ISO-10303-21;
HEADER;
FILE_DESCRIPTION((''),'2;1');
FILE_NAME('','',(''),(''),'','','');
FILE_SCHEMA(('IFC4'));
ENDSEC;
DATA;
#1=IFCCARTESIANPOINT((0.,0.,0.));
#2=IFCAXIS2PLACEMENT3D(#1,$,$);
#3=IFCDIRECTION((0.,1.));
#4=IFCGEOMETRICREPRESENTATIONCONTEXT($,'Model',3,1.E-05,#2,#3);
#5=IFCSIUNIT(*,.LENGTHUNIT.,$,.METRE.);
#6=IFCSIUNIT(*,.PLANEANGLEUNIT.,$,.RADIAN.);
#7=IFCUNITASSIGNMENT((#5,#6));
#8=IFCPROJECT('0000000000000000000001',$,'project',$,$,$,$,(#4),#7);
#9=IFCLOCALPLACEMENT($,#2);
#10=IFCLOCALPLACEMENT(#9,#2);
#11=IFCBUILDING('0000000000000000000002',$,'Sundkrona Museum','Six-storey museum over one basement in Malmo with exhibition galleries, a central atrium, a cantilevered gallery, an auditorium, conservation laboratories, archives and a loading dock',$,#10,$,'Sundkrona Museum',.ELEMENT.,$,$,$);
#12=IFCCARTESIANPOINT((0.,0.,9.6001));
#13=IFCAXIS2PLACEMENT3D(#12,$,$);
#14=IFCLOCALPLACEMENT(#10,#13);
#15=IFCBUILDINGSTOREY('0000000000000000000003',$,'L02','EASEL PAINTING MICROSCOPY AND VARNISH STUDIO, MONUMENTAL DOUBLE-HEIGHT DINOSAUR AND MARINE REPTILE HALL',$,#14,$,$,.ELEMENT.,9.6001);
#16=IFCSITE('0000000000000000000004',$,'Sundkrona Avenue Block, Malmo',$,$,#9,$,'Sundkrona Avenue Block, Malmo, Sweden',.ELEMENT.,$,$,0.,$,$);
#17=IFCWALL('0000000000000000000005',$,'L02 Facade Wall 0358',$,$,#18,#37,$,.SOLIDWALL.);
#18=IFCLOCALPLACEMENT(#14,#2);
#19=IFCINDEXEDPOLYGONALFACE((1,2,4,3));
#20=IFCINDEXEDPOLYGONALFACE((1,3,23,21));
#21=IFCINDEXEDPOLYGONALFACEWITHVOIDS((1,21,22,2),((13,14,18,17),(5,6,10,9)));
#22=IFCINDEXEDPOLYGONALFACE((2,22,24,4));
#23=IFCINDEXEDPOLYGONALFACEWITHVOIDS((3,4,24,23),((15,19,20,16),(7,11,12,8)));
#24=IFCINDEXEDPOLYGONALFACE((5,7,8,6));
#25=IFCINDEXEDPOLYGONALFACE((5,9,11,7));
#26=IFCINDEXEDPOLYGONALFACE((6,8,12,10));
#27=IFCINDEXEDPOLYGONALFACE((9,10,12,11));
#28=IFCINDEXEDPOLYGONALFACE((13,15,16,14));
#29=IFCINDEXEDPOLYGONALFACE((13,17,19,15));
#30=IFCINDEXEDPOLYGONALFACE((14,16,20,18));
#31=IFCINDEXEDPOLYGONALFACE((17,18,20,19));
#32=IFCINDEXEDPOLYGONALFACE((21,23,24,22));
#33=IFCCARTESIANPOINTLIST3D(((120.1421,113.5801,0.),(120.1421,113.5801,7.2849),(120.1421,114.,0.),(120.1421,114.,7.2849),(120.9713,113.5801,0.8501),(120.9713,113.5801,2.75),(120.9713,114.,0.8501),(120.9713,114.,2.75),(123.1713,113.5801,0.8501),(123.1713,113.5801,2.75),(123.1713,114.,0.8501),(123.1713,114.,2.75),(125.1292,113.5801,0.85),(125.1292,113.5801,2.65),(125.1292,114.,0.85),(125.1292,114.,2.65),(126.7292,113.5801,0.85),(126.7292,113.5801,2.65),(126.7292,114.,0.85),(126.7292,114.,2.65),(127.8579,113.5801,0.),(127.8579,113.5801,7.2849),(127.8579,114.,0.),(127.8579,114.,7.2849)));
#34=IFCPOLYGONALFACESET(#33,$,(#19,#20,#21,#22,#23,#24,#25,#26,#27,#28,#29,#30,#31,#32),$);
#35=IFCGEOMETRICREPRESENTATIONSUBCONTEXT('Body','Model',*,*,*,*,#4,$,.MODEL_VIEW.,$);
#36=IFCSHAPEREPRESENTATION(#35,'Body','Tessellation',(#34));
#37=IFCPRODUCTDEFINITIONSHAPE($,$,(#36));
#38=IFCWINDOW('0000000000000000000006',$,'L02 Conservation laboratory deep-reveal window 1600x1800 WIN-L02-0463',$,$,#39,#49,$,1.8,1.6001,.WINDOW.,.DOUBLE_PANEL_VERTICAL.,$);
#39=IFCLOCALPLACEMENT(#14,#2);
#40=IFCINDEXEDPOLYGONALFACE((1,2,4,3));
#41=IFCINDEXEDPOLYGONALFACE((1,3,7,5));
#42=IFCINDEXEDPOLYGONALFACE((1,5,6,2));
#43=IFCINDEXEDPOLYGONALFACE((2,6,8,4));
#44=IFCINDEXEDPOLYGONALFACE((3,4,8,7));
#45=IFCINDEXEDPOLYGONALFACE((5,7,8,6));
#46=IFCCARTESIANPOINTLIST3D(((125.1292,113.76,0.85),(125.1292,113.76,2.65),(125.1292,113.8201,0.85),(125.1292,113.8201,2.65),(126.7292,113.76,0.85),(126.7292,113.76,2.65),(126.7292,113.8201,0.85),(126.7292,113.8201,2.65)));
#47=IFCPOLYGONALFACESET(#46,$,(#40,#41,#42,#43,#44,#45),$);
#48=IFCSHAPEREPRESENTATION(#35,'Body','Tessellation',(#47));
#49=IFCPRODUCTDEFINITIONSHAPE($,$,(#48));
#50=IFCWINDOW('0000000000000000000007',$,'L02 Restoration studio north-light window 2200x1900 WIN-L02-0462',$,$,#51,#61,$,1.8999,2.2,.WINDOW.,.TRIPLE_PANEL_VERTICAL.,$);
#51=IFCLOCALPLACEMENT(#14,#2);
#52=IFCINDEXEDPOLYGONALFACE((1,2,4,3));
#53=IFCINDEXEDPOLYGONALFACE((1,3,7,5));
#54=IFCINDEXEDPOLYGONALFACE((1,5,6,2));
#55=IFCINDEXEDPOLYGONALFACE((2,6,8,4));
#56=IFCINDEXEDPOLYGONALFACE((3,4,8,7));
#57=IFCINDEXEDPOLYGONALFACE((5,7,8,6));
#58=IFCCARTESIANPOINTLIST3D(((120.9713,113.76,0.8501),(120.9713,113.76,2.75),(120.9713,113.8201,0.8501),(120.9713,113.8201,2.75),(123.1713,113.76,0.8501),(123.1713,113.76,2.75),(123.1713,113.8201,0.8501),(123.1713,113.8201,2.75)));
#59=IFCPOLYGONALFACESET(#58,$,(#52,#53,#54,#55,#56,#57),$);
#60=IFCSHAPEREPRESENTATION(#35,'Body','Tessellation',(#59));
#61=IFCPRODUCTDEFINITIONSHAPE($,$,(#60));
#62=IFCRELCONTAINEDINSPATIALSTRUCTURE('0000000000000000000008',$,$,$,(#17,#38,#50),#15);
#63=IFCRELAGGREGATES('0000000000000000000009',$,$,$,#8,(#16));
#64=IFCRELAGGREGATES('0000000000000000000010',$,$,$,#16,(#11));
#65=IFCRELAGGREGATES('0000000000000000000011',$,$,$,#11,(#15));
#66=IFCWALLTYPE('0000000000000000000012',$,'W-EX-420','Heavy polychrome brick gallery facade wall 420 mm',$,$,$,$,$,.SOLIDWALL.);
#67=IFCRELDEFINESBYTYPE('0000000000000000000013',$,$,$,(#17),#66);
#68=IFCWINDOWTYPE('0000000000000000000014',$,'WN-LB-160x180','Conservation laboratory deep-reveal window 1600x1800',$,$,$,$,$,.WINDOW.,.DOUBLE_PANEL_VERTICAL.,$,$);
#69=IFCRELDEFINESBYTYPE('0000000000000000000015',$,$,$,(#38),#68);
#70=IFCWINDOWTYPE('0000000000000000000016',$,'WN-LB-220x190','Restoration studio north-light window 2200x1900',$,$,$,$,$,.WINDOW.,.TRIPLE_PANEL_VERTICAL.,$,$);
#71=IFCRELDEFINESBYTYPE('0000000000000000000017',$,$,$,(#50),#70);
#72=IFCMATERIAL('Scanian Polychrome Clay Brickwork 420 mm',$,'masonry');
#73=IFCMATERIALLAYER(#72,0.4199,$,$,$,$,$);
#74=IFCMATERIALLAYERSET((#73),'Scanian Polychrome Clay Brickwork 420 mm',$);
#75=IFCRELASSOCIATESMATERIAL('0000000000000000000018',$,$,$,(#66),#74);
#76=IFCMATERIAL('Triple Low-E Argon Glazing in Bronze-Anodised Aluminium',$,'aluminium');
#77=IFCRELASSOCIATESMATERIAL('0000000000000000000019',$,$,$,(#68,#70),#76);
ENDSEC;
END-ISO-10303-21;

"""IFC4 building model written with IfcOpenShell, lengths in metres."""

from ifc_helpers import new_model, si_unit, direction, frame, frame_2d, origin, place, context, subcontext, project, spatial, rectangle, extrude, material, layer, layer_set, type_object, element, fill, save


model = new_model("IFC4")

# Units and contexts
model_context = context("Model", 3, precision=1e-05, world=origin(), true_north=direction((0.0, 1.0)))
body_context = subcontext(model_context, "Body", "Model", "MODEL_VIEW")
ifc_project = project(units=[si_unit("LENGTHUNIT", "METRE"), si_unit("PLANEANGLEUNIT", "RADIAN")], contexts=[model_context])

# Site, building, storey
site_placement = place(None, origin())
site = spatial("IfcSite", under=ifc_project, at=site_placement, Name="Sundkrona Avenue Block, Malmo", LongName="Sundkrona Avenue Block, Malmo, Sweden", CompositionType="ELEMENT", RefElevation=0.0)
building_placement = place(site_placement, origin())
building = spatial("IfcBuilding", under=site, at=building_placement, Name="Sundkrona Museum", Description="Six-storey museum over one basement in Malmo with exhibition galleries, a central atrium, a cantilevered gallery, an auditorium, conservation laboratories, archives and a loading dock", LongName="Sundkrona Museum", CompositionType="ELEMENT")
storey_placement = place(building_placement, frame((0.0, 0.0, 9.6001)))
storey = spatial("IfcBuildingStorey", under=building, at=storey_placement, Name="L02", Description="EASEL PAINTING MICROSCOPY AND VARNISH STUDIO, MONUMENTAL DOUBLE-HEIGHT DINOSAUR AND MARINE REPTILE HALL", CompositionType="ELEMENT", Elevation=9.6001)

# Wall, openings, windows
ifc_material_1 = material(Name="Scanian Polychrome Clay Brickwork 420 mm", Category="masonry")
ifc_layer = layer(ifc_material_1, 0.4199)
ifc_layer_set = layer_set([ifc_layer], Name="Scanian Polychrome Clay Brickwork 420 mm")
wall_type = type_object("IfcWallType", Name="W-EX-420", Description="Heavy polychrome brick gallery facade wall 420 mm", PredefinedType="SOLIDWALL", material=ifc_layer_set)
ifc_material_2 = material(Name="Triple Low-E Argon Glazing in Bronze-Anodised Aluminium", Category="aluminium")
window_type_1 = type_object("IfcWindowType", Name="WN-LB-160x180", Description="Conservation laboratory deep-reveal window 1600x1800", PartitioningType="DOUBLE_PANEL_VERTICAL", PredefinedType="WINDOW", material=ifc_material_2)
window_type_2 = type_object("IfcWindowType", Name="WN-LB-220x190", Description="Restoration studio north-light window 2200x1900", PartitioningType="TRIPLE_PANEL_VERTICAL", PredefinedType="WINDOW", material=ifc_material_2)
wall_1_placement = place(storey_placement, frame((120.1421, 113.79, 0.0), z_axis=(0.0, 0.0, 1.0), x_axis=(1.0, 0.0, 0.0)))
wall_1 = element("IfcWall", 1, at=wall_1_placement, inside=storey, type_object=wall_type, Name="L02 Facade Wall 0358", PredefinedType="SOLIDWALL", context=body_context, shape_type="SweptSolid", body=[
    extrude(rectangle(XDim=7.7158, YDim=0.4199, at=frame_2d((3.8579, 0.0))), origin(), (0.0, 0.0, 1.0), 7.2849),
])
opening_1_placement = place(wall_1_placement, frame((0.8291, 0.0, 0.8501)))
opening_1 = element("IfcOpeningElement", 2, at=opening_1_placement, cuts=wall_1, PredefinedType="OPENING", context=body_context, shape_type="SweptSolid", body=[
    extrude(rectangle(XDim=2.2, YDim=1.8999, at=frame_2d((1.1001, 0.95))), frame((0.0, 0.22, 0.0), z_axis=(0.0, -1.0, 0.0), x_axis=(1.0, 0.0, 0.0)), (0.0, 0.0, 1.0), 0.4399),
])
opening_2_placement = place(wall_1_placement, frame((4.9871, 0.0, 0.8501)))
opening_2 = element("IfcOpeningElement", 3, at=opening_2_placement, cuts=wall_1, PredefinedType="OPENING", context=body_context, shape_type="SweptSolid", body=[
    extrude(rectangle(XDim=1.6001, YDim=1.8, at=frame_2d((0.8, 0.8999))), frame((0.0, 0.22, 0.0), z_axis=(0.0, -1.0, 0.0), x_axis=(1.0, 0.0, 0.0)), (0.0, 0.0, 1.0), 0.4399),
])
window_1_placement = place(opening_2_placement, origin())
window_1 = element("IfcWindow", 4, at=window_1_placement, inside=storey, type_object=window_type_1, Name="L02 Conservation laboratory deep-reveal window 1600x1800 WIN-L02-0463", OverallHeight=1.8, OverallWidth=1.6001, PartitioningType="DOUBLE_PANEL_VERTICAL", PredefinedType="WINDOW", context=body_context, shape_type="SweptSolid", body=[
    extrude(rectangle(XDim=1.6001, YDim=1.8, at=frame_2d((0.8, 0.8999))), frame((0.0, 0.03, 0.0), z_axis=(0.0, -1.0, 0.0), x_axis=(1.0, 0.0, 0.0)), (0.0, 0.0, 1.0), 0.0601),
])
fill(opening_2, window_1)
window_2_placement = place(opening_1_placement, origin())
window_2 = element("IfcWindow", 5, at=window_2_placement, inside=storey, type_object=window_type_2, Name="L02 Restoration studio north-light window 2200x1900 WIN-L02-0462", OverallHeight=1.8999, OverallWidth=2.2, PartitioningType="TRIPLE_PANEL_VERTICAL", PredefinedType="WINDOW", context=body_context, shape_type="SweptSolid", body=[
    extrude(rectangle(XDim=2.2, YDim=1.8999, at=frame_2d((1.1001, 0.95))), frame((0.0, 0.03, 0.0), z_axis=(0.0, -1.0, 0.0), x_axis=(1.0, 0.0, 0.0)), (0.0, 0.0, 1.0), 0.0601),
])
fill(opening_1, window_2)

save(model, "model.ifc")
